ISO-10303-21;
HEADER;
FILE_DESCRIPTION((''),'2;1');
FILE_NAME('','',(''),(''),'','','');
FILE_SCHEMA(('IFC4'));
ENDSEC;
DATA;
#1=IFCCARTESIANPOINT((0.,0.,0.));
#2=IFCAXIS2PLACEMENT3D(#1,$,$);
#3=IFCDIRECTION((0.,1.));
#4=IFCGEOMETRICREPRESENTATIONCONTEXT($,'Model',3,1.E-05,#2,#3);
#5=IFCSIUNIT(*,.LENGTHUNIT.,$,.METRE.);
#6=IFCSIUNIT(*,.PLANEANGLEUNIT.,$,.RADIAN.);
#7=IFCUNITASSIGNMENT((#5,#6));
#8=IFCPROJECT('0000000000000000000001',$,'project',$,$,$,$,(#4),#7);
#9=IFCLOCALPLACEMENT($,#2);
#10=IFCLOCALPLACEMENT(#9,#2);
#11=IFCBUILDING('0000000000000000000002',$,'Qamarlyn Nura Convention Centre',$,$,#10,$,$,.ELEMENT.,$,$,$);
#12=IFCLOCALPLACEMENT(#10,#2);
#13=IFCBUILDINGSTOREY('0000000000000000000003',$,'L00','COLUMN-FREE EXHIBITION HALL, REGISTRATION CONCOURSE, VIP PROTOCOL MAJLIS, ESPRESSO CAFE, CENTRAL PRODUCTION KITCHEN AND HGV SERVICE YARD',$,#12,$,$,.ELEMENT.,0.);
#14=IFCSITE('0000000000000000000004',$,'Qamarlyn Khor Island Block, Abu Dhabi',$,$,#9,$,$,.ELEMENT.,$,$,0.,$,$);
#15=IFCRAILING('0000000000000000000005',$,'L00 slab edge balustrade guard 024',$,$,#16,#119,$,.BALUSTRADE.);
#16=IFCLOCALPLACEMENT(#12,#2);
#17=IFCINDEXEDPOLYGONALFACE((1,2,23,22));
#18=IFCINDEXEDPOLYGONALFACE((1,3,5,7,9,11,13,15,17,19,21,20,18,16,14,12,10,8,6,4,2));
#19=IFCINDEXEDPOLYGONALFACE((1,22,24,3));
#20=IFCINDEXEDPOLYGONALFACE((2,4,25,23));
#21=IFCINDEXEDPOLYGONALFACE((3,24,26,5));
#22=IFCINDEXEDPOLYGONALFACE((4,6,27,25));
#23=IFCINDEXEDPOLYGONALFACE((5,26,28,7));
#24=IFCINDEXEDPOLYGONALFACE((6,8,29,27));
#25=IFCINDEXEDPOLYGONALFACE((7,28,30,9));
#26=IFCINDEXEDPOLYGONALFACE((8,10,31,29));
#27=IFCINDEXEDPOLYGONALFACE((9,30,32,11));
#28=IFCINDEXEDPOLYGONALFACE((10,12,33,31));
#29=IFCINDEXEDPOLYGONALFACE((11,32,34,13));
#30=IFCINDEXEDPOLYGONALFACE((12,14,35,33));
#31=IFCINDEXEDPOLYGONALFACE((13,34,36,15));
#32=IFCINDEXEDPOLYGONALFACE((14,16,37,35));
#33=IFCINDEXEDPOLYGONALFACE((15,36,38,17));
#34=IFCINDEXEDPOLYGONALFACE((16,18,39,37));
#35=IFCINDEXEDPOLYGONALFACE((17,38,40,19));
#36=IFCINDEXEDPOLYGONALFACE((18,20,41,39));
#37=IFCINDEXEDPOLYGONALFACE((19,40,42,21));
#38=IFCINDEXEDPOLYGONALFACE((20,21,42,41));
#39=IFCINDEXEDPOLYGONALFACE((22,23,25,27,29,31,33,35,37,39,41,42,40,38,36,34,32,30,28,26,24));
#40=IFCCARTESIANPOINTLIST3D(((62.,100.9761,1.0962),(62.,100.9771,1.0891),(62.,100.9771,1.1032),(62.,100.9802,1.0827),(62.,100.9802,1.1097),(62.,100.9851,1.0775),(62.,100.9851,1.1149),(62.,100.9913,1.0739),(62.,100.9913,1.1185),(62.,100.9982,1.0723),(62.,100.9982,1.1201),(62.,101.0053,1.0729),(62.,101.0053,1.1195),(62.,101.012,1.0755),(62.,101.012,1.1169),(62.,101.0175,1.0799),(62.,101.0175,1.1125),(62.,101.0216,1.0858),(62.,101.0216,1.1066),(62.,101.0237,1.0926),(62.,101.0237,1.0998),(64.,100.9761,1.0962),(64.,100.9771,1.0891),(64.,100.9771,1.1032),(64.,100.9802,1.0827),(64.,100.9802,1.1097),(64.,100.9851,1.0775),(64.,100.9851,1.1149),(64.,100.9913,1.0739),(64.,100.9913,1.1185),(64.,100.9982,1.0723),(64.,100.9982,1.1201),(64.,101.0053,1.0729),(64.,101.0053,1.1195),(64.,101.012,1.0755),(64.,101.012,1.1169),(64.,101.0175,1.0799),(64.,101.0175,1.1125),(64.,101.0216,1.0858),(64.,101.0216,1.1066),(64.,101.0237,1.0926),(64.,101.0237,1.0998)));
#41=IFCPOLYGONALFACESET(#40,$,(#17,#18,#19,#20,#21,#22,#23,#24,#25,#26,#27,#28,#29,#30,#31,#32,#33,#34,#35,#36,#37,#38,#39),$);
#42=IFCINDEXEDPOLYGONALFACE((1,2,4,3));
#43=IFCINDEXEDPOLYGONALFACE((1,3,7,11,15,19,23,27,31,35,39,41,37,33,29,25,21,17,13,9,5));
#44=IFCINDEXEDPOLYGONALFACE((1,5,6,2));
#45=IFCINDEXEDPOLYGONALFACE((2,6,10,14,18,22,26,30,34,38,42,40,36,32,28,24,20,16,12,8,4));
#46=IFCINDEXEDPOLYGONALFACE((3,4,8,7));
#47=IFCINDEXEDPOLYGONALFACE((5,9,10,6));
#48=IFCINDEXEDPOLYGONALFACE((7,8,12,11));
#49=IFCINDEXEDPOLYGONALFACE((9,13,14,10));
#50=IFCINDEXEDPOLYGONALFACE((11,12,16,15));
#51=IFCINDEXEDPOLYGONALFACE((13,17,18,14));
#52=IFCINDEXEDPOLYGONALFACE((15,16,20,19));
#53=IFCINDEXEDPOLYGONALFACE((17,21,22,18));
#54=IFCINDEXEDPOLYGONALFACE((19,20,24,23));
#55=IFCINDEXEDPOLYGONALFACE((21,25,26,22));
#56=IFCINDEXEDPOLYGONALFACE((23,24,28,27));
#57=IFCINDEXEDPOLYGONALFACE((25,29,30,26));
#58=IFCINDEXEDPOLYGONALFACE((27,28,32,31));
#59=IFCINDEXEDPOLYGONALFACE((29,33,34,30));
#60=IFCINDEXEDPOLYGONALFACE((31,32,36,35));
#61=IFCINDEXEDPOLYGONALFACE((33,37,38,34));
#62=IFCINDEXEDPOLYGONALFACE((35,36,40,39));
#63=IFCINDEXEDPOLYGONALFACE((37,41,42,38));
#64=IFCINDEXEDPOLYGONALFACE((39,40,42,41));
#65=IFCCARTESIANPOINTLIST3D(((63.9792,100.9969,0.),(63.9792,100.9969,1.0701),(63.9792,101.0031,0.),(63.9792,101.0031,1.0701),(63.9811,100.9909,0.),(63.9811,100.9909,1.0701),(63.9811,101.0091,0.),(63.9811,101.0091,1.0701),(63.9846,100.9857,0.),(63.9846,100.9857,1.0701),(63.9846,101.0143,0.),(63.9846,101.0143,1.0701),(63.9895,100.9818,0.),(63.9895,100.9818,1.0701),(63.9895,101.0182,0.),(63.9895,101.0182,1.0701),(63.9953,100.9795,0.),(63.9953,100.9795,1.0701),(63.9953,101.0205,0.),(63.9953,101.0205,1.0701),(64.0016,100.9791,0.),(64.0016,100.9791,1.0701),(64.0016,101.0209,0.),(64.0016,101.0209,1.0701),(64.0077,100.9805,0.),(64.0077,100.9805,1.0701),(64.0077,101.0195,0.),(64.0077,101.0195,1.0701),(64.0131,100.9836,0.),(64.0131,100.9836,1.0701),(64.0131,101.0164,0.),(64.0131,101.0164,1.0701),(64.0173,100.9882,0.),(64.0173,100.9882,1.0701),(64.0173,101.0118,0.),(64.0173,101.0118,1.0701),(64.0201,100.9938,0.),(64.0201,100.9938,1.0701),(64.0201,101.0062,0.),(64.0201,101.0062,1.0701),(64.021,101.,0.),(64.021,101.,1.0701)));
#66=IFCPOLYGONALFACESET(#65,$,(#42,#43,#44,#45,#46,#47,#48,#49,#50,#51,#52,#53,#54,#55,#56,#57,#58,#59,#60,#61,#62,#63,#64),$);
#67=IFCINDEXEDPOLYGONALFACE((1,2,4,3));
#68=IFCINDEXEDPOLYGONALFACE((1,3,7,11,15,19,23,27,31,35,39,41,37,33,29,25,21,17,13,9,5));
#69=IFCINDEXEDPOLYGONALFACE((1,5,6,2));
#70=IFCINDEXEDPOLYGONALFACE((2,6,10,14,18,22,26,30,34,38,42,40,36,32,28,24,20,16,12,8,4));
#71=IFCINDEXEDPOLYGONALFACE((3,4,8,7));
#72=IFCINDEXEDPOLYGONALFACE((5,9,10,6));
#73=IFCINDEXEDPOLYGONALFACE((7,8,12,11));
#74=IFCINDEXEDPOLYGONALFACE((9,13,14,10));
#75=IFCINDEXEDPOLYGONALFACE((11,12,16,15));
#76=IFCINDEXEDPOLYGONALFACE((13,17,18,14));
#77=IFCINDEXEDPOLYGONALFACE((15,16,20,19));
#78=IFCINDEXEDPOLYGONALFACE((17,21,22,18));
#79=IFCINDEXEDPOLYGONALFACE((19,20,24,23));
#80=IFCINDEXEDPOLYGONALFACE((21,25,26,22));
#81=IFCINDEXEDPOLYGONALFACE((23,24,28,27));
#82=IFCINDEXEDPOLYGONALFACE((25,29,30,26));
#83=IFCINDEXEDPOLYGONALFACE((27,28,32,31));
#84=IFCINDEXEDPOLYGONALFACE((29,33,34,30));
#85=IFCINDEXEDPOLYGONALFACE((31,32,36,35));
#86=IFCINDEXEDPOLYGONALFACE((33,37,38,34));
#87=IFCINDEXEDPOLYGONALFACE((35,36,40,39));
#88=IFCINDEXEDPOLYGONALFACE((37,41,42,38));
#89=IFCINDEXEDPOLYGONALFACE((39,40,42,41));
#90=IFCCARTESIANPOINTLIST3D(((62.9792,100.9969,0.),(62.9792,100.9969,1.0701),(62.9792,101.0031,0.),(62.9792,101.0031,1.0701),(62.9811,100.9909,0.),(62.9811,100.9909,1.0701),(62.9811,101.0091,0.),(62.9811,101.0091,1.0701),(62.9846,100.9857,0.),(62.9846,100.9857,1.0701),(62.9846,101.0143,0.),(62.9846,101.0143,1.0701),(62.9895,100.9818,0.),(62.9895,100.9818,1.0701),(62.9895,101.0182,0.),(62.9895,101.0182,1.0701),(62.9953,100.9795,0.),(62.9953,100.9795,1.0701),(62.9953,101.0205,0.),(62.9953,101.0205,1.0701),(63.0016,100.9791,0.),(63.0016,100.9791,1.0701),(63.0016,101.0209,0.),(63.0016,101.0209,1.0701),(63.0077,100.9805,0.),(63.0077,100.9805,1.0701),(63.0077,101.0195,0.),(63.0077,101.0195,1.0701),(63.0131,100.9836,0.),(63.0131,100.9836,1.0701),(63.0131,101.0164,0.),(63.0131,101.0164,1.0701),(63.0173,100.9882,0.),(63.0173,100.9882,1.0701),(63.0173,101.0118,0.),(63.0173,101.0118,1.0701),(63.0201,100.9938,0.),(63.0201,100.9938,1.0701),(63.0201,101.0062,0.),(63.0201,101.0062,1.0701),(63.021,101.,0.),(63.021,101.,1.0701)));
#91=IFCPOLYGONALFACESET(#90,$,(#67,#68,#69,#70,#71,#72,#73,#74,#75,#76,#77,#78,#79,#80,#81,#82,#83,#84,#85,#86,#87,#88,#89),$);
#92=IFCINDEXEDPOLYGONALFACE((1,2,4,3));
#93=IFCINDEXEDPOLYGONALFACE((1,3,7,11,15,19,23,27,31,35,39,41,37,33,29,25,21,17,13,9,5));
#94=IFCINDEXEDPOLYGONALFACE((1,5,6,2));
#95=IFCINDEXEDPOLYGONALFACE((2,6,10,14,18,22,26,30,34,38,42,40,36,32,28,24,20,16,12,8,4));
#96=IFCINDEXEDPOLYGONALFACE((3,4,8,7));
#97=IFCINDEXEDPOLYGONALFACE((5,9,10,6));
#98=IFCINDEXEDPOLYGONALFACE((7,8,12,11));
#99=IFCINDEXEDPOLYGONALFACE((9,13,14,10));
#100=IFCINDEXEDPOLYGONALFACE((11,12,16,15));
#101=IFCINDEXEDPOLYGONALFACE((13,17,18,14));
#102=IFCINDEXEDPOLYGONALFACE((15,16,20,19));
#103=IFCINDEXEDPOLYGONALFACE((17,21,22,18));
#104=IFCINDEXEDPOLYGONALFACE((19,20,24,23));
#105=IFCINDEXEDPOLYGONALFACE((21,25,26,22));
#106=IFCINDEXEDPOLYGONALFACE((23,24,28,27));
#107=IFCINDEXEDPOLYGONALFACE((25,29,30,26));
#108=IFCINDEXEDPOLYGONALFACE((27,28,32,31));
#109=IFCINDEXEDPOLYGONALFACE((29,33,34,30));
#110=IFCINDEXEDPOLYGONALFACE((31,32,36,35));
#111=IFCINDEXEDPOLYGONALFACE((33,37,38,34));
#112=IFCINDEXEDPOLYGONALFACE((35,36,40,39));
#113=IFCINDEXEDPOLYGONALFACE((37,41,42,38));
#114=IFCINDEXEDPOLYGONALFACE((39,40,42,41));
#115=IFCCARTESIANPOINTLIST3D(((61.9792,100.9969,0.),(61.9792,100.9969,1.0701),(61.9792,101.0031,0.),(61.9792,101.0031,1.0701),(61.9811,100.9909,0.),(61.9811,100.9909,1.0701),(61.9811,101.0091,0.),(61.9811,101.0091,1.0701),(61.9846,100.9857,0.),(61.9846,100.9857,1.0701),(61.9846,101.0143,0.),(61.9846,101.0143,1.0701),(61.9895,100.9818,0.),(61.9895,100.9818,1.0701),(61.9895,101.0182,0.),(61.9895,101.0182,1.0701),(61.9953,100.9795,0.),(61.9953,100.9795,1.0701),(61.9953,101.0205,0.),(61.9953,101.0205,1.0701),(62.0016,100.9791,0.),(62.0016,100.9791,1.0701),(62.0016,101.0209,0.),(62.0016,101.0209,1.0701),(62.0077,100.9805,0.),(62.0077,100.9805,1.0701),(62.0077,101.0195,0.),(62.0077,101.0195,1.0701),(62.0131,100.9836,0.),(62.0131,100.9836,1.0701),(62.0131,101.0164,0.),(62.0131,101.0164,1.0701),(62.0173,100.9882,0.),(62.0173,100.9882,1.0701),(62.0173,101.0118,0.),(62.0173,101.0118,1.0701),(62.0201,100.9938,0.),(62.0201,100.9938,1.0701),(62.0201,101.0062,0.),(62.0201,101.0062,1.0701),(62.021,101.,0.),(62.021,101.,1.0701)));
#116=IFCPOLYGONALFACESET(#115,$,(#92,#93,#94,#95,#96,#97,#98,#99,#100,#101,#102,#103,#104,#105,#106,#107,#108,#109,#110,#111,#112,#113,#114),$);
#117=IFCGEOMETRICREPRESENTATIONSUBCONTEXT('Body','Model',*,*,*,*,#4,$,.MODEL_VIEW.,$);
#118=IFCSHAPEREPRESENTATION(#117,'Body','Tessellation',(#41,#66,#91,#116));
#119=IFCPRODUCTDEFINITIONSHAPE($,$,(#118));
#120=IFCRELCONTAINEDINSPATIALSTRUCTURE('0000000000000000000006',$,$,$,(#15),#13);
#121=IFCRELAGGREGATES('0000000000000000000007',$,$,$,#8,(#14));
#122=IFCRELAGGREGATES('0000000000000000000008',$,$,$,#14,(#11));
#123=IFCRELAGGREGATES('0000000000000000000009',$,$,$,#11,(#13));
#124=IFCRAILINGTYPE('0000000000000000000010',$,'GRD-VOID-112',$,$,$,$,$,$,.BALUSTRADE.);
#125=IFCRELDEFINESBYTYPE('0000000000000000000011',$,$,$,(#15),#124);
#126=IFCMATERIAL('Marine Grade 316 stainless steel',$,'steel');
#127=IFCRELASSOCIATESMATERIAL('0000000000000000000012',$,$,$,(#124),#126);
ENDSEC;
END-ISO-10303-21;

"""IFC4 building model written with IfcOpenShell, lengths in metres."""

from ifc_helpers import new_model, si_unit, direction, frame, origin, origin_2d, place, context, subcontext, project, spatial, circle, extrude, material, type_object, element, save


model = new_model("IFC4")

# Units and contexts
model_context = context("Model", 3, precision=1e-05, world=origin(), true_north=direction((0.0, 1.0)))
body_context = subcontext(model_context, "Body", "Model", "MODEL_VIEW")
ifc_project = project(units=[si_unit("LENGTHUNIT", "METRE"), si_unit("PLANEANGLEUNIT", "RADIAN")], contexts=[model_context])

# Site, building, storey
site_placement = place(None, origin())
site = spatial("IfcSite", under=ifc_project, at=site_placement, Name="Qamarlyn Khor Island Block, Abu Dhabi", CompositionType="ELEMENT", RefElevation=0.0)
building_placement = place(site_placement, origin())
building = spatial("IfcBuilding", under=site, at=building_placement, Name="Qamarlyn Nura Convention Centre", CompositionType="ELEMENT")
storey_placement = place(building_placement, origin())
storey = spatial("IfcBuildingStorey", under=building, at=storey_placement, Name="L00", Description="COLUMN-FREE EXHIBITION HALL, REGISTRATION CONCOURSE, VIP PROTOCOL MAJLIS, ESPRESSO CAFE, CENTRAL PRODUCTION KITCHEN AND HGV SERVICE YARD", CompositionType="ELEMENT", Elevation=0.0)

# Railing
ifc_material_1 = material(Name="Marine Grade 316 stainless steel", Category="steel")
railing_type_1 = type_object("IfcRailingType", Name="GRD-VOID-112", PredefinedType="BALUSTRADE", material=ifc_material_1)
railing_1_placement = place(storey_placement, frame((64.0, 101.0, 0.0)))
element("IfcRailing", 1, at=railing_1_placement, inside=storey, type_object=railing_type_1, Name="L00 slab edge balustrade guard 024", PredefinedType="BALUSTRADE", context=body_context, shape_type="SweptSolid", body=[
    extrude(circle(Radius=0.0239, at=origin_2d()), frame((0.0, 0.0, 1.0962), z_axis=(-1.0, 0.0, 0.0), x_axis=(0.0, -1.0, 0.0)), (0.0, 0.0, 1.0), 2.0),
    extrude(circle(Radius=0.021, at=origin_2d()), origin(), (0.0, 0.0, 1.0), 1.0701),
    extrude(circle(Radius=0.021, at=origin_2d()), frame((-1.0, 0.0, 0.0)), (0.0, 0.0, 1.0), 1.0701),
    extrude(circle(Radius=0.021, at=origin_2d()), frame((-2.0, 0.0, 0.0)), (0.0, 0.0, 1.0), 1.0701),
])

save(model, "model.ifc")
